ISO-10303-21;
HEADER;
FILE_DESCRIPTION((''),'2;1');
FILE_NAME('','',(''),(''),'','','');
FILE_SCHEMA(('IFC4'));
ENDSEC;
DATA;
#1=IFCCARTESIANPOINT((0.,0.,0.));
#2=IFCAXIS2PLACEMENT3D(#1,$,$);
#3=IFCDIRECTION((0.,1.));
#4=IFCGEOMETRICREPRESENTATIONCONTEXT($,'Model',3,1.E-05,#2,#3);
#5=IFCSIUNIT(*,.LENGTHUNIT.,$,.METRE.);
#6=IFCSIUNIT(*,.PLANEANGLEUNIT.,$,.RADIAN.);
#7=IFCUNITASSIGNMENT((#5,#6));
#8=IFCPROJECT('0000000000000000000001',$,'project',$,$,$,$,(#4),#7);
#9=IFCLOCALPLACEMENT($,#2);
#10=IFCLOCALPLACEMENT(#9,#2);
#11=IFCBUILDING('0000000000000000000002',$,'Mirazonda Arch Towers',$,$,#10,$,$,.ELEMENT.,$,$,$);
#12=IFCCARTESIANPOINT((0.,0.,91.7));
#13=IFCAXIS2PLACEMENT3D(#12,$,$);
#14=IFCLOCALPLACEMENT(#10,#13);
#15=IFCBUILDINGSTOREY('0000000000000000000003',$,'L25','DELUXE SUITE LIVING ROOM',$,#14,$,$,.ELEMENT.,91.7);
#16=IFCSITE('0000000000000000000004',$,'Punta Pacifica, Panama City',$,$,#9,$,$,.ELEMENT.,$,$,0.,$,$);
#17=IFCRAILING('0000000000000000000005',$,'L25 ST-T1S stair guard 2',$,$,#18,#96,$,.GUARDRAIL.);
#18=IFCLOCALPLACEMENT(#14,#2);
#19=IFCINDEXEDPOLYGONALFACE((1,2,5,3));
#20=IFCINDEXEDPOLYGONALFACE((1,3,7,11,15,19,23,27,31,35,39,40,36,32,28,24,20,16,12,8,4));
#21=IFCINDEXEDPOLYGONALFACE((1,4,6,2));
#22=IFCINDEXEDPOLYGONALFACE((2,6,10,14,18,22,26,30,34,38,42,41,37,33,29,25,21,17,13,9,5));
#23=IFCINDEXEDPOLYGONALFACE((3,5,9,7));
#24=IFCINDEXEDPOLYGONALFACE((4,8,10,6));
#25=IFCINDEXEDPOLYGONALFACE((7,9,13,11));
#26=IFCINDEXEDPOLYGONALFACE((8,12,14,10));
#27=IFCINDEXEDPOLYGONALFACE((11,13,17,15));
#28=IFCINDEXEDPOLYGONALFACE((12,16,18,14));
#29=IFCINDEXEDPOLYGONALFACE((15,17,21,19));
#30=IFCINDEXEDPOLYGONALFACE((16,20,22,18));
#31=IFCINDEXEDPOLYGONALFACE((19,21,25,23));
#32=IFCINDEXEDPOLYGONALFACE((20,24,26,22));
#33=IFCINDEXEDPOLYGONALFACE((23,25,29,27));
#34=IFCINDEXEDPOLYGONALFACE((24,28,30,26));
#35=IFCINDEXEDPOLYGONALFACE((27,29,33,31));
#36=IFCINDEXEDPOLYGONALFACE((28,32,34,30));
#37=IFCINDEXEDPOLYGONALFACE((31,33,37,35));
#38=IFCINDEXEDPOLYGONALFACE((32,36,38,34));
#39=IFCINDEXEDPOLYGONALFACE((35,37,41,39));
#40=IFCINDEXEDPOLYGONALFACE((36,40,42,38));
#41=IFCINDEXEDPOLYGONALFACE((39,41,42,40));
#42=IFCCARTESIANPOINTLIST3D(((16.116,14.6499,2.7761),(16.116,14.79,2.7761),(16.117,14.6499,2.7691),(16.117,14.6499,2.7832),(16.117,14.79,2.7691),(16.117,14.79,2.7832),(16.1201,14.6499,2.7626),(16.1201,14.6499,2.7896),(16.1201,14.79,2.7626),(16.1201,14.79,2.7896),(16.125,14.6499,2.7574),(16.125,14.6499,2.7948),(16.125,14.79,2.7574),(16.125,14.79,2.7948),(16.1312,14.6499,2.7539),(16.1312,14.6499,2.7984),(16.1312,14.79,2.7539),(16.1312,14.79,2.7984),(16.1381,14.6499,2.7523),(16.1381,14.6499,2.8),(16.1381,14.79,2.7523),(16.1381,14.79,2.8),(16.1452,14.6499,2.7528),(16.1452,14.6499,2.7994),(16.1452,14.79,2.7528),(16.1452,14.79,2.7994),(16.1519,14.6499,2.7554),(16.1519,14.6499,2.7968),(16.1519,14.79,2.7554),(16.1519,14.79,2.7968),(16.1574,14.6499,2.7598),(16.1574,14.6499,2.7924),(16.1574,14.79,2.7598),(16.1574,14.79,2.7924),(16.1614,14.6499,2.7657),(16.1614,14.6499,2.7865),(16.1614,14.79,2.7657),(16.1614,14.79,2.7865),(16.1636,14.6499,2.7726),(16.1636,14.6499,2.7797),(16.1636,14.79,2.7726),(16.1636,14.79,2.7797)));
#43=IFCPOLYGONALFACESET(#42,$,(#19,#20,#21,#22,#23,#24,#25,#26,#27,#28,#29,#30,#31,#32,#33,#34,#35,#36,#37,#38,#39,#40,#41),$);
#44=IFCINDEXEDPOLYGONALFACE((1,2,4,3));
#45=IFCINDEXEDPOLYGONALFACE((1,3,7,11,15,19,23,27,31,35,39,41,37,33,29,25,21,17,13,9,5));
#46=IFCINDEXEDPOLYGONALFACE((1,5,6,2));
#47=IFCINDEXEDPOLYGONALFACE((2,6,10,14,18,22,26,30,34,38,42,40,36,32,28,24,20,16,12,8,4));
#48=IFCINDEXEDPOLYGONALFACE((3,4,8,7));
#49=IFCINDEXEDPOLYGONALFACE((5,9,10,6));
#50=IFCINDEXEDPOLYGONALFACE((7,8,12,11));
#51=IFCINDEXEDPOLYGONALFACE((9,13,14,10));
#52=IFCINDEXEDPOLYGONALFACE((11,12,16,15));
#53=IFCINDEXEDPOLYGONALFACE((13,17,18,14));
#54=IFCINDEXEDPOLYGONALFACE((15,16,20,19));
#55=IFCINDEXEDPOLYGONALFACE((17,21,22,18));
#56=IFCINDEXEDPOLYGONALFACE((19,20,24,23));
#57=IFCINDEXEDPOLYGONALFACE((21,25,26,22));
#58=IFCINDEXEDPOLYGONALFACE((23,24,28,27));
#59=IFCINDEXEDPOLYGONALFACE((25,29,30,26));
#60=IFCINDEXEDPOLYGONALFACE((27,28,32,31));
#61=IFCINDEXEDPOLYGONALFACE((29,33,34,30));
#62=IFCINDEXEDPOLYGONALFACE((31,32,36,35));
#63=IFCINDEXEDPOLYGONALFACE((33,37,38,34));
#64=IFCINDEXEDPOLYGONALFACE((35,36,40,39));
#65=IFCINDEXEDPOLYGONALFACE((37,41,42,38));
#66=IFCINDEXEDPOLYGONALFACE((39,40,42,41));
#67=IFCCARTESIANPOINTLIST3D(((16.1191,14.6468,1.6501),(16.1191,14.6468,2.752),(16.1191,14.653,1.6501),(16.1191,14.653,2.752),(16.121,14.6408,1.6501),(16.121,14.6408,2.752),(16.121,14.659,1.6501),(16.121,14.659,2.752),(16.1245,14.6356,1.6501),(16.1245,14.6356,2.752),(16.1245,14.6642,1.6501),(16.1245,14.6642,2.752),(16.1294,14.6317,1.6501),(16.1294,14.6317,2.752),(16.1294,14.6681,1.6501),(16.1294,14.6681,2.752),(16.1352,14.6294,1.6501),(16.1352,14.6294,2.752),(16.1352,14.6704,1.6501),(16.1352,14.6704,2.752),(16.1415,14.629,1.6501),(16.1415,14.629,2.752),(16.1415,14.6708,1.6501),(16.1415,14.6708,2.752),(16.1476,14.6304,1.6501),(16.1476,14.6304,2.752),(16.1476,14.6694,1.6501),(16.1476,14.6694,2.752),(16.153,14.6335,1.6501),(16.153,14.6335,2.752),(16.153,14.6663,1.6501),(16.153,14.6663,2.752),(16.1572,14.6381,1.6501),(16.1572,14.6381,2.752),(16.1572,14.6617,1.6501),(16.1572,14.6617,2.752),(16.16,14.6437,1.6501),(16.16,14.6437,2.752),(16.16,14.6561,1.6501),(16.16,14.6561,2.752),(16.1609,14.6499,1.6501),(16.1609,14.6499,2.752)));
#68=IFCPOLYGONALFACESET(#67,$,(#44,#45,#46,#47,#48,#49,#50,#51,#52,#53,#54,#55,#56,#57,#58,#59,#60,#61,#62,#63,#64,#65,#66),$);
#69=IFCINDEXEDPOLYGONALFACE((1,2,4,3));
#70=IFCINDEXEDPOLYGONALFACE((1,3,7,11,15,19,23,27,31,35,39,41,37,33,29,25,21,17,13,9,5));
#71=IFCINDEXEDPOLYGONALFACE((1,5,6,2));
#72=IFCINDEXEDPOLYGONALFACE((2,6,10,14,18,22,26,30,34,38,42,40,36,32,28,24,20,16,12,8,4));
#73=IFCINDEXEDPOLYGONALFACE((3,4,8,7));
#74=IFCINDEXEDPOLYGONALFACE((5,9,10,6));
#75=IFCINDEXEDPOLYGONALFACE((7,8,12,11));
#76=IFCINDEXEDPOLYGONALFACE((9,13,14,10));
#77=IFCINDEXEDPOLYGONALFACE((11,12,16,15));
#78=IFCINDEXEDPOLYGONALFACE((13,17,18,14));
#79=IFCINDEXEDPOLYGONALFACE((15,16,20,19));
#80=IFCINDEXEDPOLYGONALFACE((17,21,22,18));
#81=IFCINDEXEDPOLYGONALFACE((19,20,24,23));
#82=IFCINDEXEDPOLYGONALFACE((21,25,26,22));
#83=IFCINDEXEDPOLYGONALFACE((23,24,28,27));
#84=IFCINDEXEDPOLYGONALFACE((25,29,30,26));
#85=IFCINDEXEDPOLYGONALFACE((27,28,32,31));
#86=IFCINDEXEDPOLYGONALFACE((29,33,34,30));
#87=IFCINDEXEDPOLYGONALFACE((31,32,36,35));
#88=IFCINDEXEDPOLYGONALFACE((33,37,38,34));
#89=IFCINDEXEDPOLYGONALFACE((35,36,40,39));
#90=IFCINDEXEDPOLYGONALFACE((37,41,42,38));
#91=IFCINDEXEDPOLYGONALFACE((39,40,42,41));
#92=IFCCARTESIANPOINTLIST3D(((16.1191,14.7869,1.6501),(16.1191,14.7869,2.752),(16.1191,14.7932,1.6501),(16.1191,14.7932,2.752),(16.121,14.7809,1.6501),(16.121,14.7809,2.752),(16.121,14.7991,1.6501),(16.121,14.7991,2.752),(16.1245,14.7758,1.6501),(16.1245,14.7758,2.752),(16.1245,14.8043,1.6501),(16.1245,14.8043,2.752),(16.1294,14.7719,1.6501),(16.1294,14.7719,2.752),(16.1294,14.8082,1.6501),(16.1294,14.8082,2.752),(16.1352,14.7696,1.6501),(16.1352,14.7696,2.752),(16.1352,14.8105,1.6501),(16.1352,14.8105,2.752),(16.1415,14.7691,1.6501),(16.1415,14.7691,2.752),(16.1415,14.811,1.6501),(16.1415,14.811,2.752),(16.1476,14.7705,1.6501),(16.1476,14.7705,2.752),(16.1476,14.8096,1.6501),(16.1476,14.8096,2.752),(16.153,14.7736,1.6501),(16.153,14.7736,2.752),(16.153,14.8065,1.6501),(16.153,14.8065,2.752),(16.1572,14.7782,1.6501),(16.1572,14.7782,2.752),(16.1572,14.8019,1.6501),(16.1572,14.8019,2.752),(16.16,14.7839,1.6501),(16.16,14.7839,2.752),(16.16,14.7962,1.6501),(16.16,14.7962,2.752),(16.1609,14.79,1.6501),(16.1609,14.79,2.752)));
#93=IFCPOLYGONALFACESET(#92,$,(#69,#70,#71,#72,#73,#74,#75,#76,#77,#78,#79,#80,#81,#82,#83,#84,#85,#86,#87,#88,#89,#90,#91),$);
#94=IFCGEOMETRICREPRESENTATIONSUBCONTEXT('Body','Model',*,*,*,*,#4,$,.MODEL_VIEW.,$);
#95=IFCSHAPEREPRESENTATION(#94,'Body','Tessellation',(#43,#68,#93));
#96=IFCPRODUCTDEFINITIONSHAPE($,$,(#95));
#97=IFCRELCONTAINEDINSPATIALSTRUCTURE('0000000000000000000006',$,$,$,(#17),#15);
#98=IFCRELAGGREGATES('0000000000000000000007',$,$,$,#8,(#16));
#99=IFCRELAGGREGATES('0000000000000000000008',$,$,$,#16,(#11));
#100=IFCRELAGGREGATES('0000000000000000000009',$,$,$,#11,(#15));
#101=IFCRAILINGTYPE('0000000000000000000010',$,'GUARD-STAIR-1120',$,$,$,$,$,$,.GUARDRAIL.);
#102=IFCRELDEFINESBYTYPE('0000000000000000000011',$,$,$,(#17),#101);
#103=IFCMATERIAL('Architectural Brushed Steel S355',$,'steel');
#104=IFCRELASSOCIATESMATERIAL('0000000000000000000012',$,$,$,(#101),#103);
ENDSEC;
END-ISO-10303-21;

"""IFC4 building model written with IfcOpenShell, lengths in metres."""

from ifc_helpers import new_model, si_unit, direction, frame, origin, origin_2d, place, context, subcontext, project, spatial, circle, extrude, material, type_object, element, save


model = new_model("IFC4")

# Units and contexts
model_context = context("Model", 3, precision=1e-05, world=origin(), true_north=direction((0.0, 1.0)))
body_context = subcontext(model_context, "Body", "Model", "MODEL_VIEW")
ifc_project = project(units=[si_unit("LENGTHUNIT", "METRE"), si_unit("PLANEANGLEUNIT", "RADIAN")], contexts=[model_context])

# Site, building, storey
site_placement = place(None, origin())
site = spatial("IfcSite", under=ifc_project, at=site_placement, Name="Punta Pacifica, Panama City", CompositionType="ELEMENT", RefElevation=0.0)
building_placement = place(site_placement, origin())
building = spatial("IfcBuilding", under=site, at=building_placement, Name="Mirazonda Arch Towers", CompositionType="ELEMENT")
storey_placement = place(building_placement, frame((0.0, 0.0, 91.7)))
storey = spatial("IfcBuildingStorey", under=building, at=storey_placement, Name="L25", Description="DELUXE SUITE LIVING ROOM", CompositionType="ELEMENT", Elevation=91.7)

# Railing
ifc_material_1 = material(Name="Architectural Brushed Steel S355", Category="steel")
railing_type_1 = type_object("IfcRailingType", Name="GUARD-STAIR-1120", PredefinedType="GUARDRAIL", material=ifc_material_1)
railing_1_placement = place(storey_placement, frame((16.1399, 14.6499, 1.6501)))
element("IfcRailing", 1, at=railing_1_placement, inside=storey, type_object=railing_type_1, Name="L25 ST-T1S stair guard 2", PredefinedType="GUARDRAIL", context=body_context, shape_type="SweptSolid", body=[
    extrude(circle(Radius=0.0239, at=origin_2d()), frame((0.0, 0.0, 1.126), z_axis=(0.0, 1.0, 0.0), x_axis=(-1.0, 0.0, 0.0)), (0.0, 0.0, 1.0), 0.1401),
    extrude(circle(Radius=0.021, at=origin_2d()), origin(), (0.0, 0.0, 1.0), 1.1018),
    extrude(circle(Radius=0.021, at=origin_2d()), frame((0.0, 0.1401, 0.0)), (0.0, 0.0, 1.0), 1.1018),
])

save(model, "model.ifc")
